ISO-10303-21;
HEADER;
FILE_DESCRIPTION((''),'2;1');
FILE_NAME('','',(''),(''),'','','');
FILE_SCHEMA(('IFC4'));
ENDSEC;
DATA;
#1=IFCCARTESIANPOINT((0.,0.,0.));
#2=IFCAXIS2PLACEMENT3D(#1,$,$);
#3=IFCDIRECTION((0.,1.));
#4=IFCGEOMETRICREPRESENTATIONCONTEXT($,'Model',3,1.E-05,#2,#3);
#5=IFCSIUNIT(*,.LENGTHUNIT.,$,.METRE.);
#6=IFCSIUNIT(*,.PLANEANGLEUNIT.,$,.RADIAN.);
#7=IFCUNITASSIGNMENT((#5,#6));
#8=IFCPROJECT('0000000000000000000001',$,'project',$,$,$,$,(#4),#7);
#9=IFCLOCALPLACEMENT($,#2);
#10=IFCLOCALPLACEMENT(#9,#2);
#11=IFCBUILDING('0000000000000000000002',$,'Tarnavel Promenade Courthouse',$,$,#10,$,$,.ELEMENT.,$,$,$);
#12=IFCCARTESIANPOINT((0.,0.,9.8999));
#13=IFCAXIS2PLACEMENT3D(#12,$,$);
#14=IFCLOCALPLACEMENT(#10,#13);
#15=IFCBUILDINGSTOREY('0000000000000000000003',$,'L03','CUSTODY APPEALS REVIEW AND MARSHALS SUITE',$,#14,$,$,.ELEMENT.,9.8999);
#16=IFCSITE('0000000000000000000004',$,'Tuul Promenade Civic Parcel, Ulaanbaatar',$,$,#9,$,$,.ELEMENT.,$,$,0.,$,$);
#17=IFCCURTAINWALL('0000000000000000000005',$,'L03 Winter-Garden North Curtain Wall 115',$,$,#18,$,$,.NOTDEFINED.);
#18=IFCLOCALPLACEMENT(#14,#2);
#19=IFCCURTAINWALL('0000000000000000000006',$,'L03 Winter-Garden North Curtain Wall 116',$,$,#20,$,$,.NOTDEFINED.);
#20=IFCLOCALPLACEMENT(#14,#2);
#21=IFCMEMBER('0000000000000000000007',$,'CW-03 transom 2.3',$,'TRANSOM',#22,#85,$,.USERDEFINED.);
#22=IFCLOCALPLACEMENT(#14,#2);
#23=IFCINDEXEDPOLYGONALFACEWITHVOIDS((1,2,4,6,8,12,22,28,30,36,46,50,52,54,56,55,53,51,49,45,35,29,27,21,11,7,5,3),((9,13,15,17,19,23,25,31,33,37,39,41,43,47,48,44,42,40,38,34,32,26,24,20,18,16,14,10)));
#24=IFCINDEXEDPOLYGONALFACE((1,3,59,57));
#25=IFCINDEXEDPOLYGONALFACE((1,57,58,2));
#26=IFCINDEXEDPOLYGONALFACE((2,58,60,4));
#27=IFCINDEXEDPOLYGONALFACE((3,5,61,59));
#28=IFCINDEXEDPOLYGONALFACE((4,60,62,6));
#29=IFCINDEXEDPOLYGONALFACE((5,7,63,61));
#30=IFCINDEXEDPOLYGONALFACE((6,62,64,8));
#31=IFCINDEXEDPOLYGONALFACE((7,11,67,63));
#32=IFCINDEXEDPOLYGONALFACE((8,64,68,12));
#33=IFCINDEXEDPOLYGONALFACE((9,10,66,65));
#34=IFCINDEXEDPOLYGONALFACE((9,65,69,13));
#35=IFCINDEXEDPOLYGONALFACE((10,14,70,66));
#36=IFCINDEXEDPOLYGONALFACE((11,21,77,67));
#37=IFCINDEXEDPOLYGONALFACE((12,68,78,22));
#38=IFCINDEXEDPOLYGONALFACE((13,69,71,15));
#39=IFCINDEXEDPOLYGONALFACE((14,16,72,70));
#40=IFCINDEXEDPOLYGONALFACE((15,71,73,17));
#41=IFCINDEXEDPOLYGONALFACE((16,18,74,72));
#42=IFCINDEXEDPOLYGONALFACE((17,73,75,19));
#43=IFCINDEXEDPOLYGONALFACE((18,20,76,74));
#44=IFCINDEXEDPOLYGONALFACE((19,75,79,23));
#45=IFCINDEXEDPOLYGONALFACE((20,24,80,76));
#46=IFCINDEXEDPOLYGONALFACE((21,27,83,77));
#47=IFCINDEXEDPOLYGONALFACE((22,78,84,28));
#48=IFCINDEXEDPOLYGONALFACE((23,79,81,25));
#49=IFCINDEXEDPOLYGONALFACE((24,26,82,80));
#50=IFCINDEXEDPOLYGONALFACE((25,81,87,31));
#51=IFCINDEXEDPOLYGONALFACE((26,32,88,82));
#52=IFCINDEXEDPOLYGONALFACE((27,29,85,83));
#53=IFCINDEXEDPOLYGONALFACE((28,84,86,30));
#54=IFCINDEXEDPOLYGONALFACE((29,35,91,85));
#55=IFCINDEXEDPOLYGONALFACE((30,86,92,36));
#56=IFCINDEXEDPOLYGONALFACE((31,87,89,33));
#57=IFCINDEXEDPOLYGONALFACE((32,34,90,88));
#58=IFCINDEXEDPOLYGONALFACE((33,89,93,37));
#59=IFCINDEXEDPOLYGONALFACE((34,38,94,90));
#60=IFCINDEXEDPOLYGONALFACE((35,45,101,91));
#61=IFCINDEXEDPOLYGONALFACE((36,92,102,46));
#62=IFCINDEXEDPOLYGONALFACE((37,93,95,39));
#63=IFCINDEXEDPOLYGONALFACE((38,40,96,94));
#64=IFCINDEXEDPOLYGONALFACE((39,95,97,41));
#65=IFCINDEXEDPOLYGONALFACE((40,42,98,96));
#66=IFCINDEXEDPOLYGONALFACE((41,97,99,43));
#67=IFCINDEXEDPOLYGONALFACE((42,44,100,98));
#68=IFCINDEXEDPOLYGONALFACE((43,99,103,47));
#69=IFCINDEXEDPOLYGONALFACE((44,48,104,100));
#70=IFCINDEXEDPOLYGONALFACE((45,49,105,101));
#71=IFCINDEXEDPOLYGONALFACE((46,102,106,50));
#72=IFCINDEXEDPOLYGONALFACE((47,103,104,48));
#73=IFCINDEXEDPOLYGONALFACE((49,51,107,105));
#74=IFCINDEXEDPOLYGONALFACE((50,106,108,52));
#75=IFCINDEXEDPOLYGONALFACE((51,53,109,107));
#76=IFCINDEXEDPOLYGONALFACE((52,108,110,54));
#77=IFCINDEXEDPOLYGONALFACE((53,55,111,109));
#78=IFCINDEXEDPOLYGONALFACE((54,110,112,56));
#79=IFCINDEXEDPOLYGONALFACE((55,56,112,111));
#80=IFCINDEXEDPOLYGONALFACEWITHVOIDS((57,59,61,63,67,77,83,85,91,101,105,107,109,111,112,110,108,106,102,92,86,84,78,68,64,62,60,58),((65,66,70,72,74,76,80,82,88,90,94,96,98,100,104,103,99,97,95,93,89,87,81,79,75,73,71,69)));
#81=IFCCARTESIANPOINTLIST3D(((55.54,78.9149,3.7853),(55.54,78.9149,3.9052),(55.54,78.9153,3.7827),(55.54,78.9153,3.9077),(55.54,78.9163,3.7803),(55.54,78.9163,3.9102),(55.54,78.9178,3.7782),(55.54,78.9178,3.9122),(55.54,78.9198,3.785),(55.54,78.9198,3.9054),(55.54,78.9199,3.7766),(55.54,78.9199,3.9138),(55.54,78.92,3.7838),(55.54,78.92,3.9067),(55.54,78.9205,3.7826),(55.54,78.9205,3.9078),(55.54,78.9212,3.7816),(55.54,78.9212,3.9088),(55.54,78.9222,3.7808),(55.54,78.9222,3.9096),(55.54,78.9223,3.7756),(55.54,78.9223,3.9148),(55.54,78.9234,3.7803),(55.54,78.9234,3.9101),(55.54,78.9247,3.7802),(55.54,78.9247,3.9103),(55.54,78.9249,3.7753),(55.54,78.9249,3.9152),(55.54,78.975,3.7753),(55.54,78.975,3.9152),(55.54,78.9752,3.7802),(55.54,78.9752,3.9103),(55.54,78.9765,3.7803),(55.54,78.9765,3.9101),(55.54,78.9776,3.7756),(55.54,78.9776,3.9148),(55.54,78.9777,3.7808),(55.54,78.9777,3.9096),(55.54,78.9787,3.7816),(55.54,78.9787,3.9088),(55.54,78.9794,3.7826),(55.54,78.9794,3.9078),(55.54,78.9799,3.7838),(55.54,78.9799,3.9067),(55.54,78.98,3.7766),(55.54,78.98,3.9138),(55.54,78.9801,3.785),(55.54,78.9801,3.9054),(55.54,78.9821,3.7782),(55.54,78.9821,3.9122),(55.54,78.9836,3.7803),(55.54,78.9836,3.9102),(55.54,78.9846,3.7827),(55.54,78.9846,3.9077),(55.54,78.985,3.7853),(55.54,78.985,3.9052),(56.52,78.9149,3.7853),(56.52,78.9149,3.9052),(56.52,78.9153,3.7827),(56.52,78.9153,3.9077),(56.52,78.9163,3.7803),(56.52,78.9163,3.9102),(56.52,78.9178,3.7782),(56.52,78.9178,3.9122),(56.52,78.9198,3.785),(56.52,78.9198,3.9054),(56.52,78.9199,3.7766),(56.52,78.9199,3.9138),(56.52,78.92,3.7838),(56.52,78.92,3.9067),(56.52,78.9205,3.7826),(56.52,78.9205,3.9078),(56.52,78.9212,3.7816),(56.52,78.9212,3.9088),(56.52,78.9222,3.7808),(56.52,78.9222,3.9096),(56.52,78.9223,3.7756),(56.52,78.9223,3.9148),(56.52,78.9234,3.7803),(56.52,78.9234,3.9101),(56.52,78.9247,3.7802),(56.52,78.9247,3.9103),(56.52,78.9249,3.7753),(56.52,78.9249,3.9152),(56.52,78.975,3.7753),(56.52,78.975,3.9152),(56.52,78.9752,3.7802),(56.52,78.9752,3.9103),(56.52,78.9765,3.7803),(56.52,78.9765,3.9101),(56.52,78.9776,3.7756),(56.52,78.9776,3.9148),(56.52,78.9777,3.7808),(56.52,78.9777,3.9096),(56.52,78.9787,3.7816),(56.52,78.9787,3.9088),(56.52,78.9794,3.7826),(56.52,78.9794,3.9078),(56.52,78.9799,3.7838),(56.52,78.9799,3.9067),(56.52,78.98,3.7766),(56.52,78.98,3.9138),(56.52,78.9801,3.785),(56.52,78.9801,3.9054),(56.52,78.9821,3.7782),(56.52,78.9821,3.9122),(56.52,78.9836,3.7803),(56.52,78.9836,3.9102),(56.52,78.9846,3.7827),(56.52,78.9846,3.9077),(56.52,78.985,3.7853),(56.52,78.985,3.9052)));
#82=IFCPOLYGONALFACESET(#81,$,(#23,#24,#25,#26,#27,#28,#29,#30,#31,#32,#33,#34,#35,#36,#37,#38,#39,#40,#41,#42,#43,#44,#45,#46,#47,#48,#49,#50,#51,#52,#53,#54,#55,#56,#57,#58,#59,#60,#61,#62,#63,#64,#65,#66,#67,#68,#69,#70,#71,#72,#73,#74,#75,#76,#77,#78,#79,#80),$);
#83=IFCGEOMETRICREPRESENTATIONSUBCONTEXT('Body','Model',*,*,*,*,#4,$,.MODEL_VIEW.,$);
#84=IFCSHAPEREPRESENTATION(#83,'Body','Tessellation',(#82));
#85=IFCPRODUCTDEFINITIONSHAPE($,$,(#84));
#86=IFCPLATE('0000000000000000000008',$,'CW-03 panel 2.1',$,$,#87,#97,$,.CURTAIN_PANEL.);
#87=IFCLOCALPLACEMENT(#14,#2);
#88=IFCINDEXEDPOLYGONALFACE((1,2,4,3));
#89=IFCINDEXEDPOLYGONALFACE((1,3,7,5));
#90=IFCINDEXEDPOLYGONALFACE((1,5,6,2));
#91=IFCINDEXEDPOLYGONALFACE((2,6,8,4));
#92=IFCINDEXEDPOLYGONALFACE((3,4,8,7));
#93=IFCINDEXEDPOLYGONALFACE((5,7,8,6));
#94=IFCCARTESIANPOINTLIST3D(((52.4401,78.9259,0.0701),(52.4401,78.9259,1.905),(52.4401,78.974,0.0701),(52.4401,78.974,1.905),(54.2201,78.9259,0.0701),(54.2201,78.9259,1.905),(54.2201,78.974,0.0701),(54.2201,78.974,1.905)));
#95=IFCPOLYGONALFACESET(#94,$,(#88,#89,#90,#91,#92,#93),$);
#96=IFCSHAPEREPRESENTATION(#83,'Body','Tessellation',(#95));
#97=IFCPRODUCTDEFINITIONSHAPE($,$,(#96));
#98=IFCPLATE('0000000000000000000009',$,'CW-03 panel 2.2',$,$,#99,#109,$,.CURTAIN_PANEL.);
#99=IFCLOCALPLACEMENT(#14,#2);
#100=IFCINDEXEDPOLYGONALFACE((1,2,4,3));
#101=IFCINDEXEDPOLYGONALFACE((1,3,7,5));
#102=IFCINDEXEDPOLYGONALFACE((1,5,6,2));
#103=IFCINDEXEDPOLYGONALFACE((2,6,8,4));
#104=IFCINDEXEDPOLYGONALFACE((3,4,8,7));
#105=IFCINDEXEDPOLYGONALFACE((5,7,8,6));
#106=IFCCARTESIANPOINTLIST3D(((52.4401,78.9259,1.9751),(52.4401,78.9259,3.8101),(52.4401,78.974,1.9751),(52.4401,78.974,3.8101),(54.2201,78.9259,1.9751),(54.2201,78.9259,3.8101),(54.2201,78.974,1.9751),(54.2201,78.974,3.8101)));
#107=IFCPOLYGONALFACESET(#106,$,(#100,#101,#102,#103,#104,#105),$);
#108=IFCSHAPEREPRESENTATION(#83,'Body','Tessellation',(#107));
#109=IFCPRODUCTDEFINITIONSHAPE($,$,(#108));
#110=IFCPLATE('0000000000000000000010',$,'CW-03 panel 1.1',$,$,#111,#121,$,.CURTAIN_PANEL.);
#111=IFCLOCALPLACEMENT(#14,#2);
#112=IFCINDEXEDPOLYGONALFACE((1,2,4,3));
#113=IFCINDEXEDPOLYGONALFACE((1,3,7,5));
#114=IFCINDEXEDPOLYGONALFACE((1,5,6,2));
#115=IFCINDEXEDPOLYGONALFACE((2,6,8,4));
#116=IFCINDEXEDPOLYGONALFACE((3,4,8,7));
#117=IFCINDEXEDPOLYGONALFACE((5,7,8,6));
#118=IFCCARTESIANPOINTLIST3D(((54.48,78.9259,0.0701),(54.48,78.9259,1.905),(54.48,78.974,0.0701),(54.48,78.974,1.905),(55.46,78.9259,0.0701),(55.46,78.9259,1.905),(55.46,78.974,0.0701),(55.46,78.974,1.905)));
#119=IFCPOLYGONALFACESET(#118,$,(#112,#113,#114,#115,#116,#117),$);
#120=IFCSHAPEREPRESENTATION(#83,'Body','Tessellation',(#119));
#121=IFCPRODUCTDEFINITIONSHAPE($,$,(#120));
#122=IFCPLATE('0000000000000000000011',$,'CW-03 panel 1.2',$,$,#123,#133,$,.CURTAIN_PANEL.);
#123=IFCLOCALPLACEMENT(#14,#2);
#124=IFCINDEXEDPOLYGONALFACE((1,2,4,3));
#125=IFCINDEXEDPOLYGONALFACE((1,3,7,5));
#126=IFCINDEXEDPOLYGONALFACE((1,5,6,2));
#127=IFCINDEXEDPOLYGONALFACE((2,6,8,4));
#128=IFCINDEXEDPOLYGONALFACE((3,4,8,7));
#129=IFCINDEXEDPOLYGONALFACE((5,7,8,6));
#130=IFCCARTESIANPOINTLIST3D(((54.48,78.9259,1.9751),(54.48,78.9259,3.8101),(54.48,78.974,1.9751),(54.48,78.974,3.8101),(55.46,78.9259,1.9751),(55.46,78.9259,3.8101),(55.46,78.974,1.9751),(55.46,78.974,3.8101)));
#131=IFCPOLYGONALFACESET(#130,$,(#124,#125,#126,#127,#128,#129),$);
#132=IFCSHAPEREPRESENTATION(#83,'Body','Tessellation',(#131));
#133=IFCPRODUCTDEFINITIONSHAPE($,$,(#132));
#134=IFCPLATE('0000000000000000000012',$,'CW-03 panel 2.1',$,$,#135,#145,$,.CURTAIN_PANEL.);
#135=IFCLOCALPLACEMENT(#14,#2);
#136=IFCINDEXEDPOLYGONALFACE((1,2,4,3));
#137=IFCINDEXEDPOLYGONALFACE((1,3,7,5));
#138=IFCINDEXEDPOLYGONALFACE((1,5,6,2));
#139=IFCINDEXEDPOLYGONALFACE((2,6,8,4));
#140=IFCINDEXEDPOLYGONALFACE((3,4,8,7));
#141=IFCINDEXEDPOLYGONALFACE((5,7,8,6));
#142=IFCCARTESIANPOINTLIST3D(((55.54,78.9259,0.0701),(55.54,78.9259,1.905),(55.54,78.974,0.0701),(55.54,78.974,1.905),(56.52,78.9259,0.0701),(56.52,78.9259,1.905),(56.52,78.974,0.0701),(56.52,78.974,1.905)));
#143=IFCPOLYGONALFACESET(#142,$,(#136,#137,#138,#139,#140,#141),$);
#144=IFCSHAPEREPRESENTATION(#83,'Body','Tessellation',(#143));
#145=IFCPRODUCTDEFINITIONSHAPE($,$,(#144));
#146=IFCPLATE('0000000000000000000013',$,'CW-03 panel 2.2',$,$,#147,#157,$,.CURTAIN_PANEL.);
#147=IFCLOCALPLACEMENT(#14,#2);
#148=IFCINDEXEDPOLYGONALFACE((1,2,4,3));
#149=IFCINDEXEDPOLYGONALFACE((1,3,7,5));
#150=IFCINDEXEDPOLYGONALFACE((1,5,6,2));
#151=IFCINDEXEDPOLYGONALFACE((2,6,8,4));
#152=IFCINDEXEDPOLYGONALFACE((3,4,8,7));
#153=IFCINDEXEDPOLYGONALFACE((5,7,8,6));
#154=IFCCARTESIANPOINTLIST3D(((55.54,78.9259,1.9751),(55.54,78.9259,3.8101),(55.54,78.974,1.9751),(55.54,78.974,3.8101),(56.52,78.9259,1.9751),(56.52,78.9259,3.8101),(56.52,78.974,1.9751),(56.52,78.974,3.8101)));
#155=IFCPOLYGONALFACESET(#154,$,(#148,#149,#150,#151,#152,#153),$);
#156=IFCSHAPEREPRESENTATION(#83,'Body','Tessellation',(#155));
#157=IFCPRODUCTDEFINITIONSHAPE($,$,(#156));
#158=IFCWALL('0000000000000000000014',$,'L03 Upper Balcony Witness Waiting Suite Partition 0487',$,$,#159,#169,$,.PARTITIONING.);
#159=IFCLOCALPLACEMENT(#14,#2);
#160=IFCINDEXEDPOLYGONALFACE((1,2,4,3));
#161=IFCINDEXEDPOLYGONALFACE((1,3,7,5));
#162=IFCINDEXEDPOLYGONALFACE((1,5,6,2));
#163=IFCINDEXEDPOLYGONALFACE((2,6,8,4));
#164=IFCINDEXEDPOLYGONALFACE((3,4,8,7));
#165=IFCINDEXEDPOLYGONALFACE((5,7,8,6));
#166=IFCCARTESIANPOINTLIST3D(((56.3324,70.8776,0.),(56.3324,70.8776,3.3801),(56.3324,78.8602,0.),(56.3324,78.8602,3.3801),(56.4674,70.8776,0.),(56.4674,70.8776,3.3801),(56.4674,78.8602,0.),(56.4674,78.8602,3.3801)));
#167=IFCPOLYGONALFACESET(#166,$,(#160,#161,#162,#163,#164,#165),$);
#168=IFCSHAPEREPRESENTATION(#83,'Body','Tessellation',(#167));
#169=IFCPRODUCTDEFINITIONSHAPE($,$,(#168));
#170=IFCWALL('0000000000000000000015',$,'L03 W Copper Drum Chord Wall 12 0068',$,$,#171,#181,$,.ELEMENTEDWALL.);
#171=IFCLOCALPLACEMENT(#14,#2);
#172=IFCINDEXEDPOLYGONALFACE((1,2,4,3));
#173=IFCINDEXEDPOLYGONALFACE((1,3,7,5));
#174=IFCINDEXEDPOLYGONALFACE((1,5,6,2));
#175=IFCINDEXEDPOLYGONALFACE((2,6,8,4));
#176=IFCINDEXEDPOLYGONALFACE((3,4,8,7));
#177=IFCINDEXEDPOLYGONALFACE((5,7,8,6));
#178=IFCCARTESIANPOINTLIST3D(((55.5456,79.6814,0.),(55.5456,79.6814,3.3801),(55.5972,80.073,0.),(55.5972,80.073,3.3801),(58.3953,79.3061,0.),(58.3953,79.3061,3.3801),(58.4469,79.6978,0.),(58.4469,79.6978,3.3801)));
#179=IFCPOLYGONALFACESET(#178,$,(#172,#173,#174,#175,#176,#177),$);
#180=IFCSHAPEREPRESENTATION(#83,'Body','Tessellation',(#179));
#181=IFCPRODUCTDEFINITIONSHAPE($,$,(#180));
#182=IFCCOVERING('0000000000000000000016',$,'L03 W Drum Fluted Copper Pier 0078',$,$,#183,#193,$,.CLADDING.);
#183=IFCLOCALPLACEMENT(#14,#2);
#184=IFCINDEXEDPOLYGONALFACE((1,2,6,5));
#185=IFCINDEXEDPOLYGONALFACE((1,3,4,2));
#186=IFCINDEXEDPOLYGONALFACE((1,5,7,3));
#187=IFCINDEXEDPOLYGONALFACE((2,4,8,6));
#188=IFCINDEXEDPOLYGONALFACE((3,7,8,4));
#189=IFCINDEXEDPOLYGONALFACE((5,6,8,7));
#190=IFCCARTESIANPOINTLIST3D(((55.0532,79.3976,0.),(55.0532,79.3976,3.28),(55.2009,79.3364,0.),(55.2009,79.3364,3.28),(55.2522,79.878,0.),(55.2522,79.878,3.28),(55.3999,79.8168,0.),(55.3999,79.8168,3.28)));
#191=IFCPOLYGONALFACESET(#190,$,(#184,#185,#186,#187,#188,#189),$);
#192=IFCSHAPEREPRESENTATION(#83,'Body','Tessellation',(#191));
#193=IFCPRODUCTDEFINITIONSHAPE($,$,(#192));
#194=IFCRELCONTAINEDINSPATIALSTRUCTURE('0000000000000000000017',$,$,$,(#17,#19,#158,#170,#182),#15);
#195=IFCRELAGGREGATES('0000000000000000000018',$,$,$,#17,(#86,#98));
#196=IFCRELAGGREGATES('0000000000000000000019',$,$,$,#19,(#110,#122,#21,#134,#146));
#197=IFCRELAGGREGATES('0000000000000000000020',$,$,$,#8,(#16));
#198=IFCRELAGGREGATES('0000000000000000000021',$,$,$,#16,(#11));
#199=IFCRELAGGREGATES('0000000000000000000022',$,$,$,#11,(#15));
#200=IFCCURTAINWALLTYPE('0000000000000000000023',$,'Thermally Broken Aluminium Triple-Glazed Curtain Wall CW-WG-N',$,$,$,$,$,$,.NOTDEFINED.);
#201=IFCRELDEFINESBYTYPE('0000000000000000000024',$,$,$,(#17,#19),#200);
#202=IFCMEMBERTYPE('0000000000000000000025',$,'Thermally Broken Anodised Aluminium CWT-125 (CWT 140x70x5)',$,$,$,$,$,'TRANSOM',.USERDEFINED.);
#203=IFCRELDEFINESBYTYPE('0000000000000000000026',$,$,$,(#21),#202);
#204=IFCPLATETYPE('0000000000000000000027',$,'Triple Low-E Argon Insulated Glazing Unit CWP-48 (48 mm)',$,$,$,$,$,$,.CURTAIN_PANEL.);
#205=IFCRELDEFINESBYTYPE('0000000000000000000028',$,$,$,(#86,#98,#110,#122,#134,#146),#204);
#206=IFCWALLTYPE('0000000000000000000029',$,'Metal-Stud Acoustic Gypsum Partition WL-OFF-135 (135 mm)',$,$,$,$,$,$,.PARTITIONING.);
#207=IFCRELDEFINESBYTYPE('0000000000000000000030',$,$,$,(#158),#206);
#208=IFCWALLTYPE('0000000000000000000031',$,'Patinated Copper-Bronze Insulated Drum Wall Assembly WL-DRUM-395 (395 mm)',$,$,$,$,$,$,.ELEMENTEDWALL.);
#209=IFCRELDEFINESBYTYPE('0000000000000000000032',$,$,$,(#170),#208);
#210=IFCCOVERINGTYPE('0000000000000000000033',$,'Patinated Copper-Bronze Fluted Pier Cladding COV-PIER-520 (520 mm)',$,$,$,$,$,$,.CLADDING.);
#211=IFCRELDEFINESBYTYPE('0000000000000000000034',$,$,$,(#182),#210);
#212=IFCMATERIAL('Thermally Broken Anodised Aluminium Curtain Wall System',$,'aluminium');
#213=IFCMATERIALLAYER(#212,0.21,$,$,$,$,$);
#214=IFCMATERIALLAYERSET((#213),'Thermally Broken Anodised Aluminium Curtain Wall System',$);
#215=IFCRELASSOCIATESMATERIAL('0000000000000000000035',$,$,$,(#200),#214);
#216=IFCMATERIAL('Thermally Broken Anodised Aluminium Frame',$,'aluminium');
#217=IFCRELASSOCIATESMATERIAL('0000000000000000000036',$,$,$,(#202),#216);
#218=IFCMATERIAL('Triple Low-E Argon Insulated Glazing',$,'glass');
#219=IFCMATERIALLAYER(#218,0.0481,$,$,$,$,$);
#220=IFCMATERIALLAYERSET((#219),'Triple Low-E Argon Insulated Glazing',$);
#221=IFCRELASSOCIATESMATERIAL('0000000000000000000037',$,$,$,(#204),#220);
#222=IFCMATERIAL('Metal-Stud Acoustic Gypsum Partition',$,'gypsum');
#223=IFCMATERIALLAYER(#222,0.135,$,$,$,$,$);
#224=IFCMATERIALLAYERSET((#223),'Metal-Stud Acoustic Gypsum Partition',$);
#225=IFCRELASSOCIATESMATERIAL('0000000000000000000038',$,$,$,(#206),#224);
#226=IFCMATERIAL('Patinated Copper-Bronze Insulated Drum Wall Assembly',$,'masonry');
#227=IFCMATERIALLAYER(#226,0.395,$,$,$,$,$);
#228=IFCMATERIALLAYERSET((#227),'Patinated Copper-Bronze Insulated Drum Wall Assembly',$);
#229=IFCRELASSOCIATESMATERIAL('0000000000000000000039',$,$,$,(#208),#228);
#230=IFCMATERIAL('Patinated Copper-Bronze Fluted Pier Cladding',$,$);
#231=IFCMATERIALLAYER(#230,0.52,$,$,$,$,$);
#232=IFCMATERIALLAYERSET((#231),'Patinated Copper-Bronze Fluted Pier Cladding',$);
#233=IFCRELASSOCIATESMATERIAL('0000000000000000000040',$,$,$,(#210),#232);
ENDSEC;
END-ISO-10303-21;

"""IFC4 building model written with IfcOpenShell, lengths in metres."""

from ifc_helpers import new_model, si_unit, direction, frame, frame_2d, origin, origin_2d, place, context, subcontext, project, spatial, rectangle, hollow_rectangle, extrude, material, layer, layer_set, material_profile, profile_set, type_object, element, aggregate, save


model = new_model("IFC4")

# Units and contexts
model_context = context("Model", 3, precision=1e-05, world=origin(), true_north=direction((0.0, 1.0)))
body_context = subcontext(model_context, "Body", "Model", "MODEL_VIEW")
ifc_project = project(units=[si_unit("LENGTHUNIT", "METRE"), si_unit("PLANEANGLEUNIT", "RADIAN")], contexts=[model_context])

# Site, building, storey
site_placement = place(None, origin())
site = spatial("IfcSite", under=ifc_project, at=site_placement, Name="Tuul Promenade Civic Parcel, Ulaanbaatar", CompositionType="ELEMENT", RefElevation=0.0)
building_placement = place(site_placement, origin())
building = spatial("IfcBuilding", under=site, at=building_placement, Name="Tarnavel Promenade Courthouse", CompositionType="ELEMENT")
storey_placement = place(building_placement, frame((0.0, 0.0, 9.8999)))
storey = spatial("IfcBuildingStorey", under=building, at=storey_placement, Name="L03", Description="CUSTODY APPEALS REVIEW AND MARSHALS SUITE", CompositionType="ELEMENT", Elevation=9.8999)

# Curtain wall
ifc_material_1 = material(Name="Thermally Broken Anodised Aluminium Curtain Wall System", Category="aluminium")
ifc_layer_1 = layer(ifc_material_1, 0.21)
ifc_layer_set_1 = layer_set([ifc_layer_1], Name="Thermally Broken Anodised Aluminium Curtain Wall System")
curtain_wall_type = type_object("IfcCurtainWallType", Name="Thermally Broken Aluminium Triple-Glazed Curtain Wall CW-WG-N", PredefinedType="NOTDEFINED", material=ifc_layer_set_1)
curtain_wall_1_placement = place(storey_placement, origin())
curtain_wall_1 = element("IfcCurtainWall", 1, at=curtain_wall_1_placement, inside=storey, type_object=curtain_wall_type, Name="L03 Winter-Garden North Curtain Wall 115", PredefinedType="NOTDEFINED")
ifc_material_2 = material(Name="Thermally Broken Anodised Aluminium Frame", Category="aluminium")

# Curtain wall, member
curtain_wall_2_placement = place(storey_placement, origin())
curtain_wall_2 = element("IfcCurtainWall", 2, at=curtain_wall_2_placement, inside=storey, type_object=curtain_wall_type, Name="L03 Winter-Garden North Curtain Wall 116", PredefinedType="NOTDEFINED")
ifc_material_profile_1 = material_profile(ifc_material_2, hollow_rectangle(XDim=0.0701, YDim=0.1399, WallThickness=0.0049, InnerFilletRadius=0.0049, OuterFilletRadius=0.01, at=origin_2d()), Name="CWT 140x70x5")
ifc_profile_set_1 = profile_set([ifc_material_profile_1], Name="Thermally Broken Anodised Aluminium Frame")
member_type_1 = type_object("IfcMemberType", Name="Thermally Broken Anodised Aluminium CWT-125 (CWT 140x70x5)", ElementType="TRANSOM", PredefinedType="USERDEFINED", material=ifc_profile_set_1)
member_1_placement = place(storey_placement, frame((55.54, 78.95, 3.8452), z_axis=(1.0, 0.0, 0.0), x_axis=(0.0, 1.0, 0.0)))
member_1 = element("IfcMember", 3, at=member_1_placement, type_object=member_type_1, Name="CW-03 transom 2.3", ObjectType="TRANSOM", PredefinedType="USERDEFINED", context=body_context, shape_type="SweptSolid", body=[
    extrude(hollow_rectangle(XDim=0.0701, YDim=0.1399, WallThickness=0.0049, InnerFilletRadius=0.0049, OuterFilletRadius=0.01, at=origin_2d()), origin(), (0.0, 0.0, 1.0), 0.98),
])

# Plates
ifc_material_3 = material(Name="Triple Low-E Argon Insulated Glazing", Category="glass")
ifc_layer_2 = layer(ifc_material_3, 0.0481)
ifc_layer_set_2 = layer_set([ifc_layer_2], Name="Triple Low-E Argon Insulated Glazing")
plate_type = type_object("IfcPlateType", Name="Triple Low-E Argon Insulated Glazing Unit CWP-48 (48 mm)", PredefinedType="CURTAIN_PANEL", material=ifc_layer_set_2)
plate_1_placement = place(storey_placement, frame((53.3301, 78.95, 0.0701), z_axis=(0.0, 0.0, 1.0), x_axis=(1.0, 0.0, 0.0)))
plate_1 = element("IfcPlate", 4, at=plate_1_placement, type_object=plate_type, Name="CW-03 panel 2.1", PredefinedType="CURTAIN_PANEL", context=body_context, shape_type="SweptSolid", body=[
    extrude(rectangle(XDim=1.78, YDim=0.0481, at=origin_2d()), origin(), (0.0, 0.0, 1.0), 1.835),
])
plate_2_placement = place(storey_placement, frame((53.3301, 78.95, 1.9751), z_axis=(0.0, 0.0, 1.0), x_axis=(1.0, 0.0, 0.0)))
plate_2 = element("IfcPlate", 5, at=plate_2_placement, type_object=plate_type, Name="CW-03 panel 2.2", PredefinedType="CURTAIN_PANEL", context=body_context, shape_type="SweptSolid", body=[
    extrude(rectangle(XDim=1.78, YDim=0.0481, at=origin_2d()), origin(), (0.0, 0.0, 1.0), 1.835),
])
aggregate(curtain_wall_1, [plate_1, plate_2])
plate_3_placement = place(storey_placement, frame((54.97, 78.95, 0.0701), z_axis=(0.0, 0.0, 1.0), x_axis=(1.0, 0.0, 0.0)))
plate_3 = element("IfcPlate", 6, at=plate_3_placement, type_object=plate_type, Name="CW-03 panel 1.1", PredefinedType="CURTAIN_PANEL", context=body_context, shape_type="SweptSolid", body=[
    extrude(rectangle(XDim=0.98, YDim=0.0481, at=origin_2d()), origin(), (0.0, 0.0, 1.0), 1.835),
])
plate_4_placement = place(storey_placement, frame((54.97, 78.95, 1.9751), z_axis=(0.0, 0.0, 1.0), x_axis=(1.0, 0.0, 0.0)))
plate_4 = element("IfcPlate", 7, at=plate_4_placement, type_object=plate_type, Name="CW-03 panel 1.2", PredefinedType="CURTAIN_PANEL", context=body_context, shape_type="SweptSolid", body=[
    extrude(rectangle(XDim=0.98, YDim=0.0481, at=origin_2d()), origin(), (0.0, 0.0, 1.0), 1.835),
])
plate_5_placement = place(storey_placement, frame((56.03, 78.95, 0.0701), z_axis=(0.0, 0.0, 1.0), x_axis=(1.0, 0.0, 0.0)))
plate_5 = element("IfcPlate", 8, at=plate_5_placement, type_object=plate_type, Name="CW-03 panel 2.1", PredefinedType="CURTAIN_PANEL", context=body_context, shape_type="SweptSolid", body=[
    extrude(rectangle(XDim=0.98, YDim=0.0481, at=origin_2d()), origin(), (0.0, 0.0, 1.0), 1.835),
])
plate_6_placement = place(storey_placement, frame((56.03, 78.95, 1.9751), z_axis=(0.0, 0.0, 1.0), x_axis=(1.0, 0.0, 0.0)))
plate_6 = element("IfcPlate", 9, at=plate_6_placement, type_object=plate_type, Name="CW-03 panel 2.2", PredefinedType="CURTAIN_PANEL", context=body_context, shape_type="SweptSolid", body=[
    extrude(rectangle(XDim=0.98, YDim=0.0481, at=origin_2d()), origin(), (0.0, 0.0, 1.0), 1.835),
])
aggregate(curtain_wall_2, [plate_3, plate_4, member_1, plate_5, plate_6])

# Walls
ifc_material_4 = material(Name="Metal-Stud Acoustic Gypsum Partition", Category="gypsum")
ifc_layer_3 = layer(ifc_material_4, 0.135)
ifc_layer_set_3 = layer_set([ifc_layer_3], Name="Metal-Stud Acoustic Gypsum Partition")
wall_type_1 = type_object("IfcWallType", Name="Metal-Stud Acoustic Gypsum Partition WL-OFF-135 (135 mm)", PredefinedType="PARTITIONING", material=ifc_layer_set_3)
wall_1_placement = place(storey_placement, frame((56.3999, 78.8601, 0.0), z_axis=(0.0, 0.0, 1.0), x_axis=(0.0, -1.0, 0.0)))
element("IfcWall", 10, at=wall_1_placement, inside=storey, type_object=wall_type_1, Name="L03 Upper Balcony Witness Waiting Suite Partition 0487", PredefinedType="PARTITIONING", context=body_context, shape_type="SweptSolid", body=[
    extrude(rectangle(XDim=7.9827, YDim=0.135, at=frame_2d((3.9912, 0.0))), origin(), (0.0, 0.0, 1.0), 3.3801),
])
ifc_material_5 = material(Name="Patinated Copper-Bronze Insulated Drum Wall Assembly", Category="masonry")
ifc_layer_4 = layer(ifc_material_5, 0.395)
ifc_layer_set_4 = layer_set([ifc_layer_4], Name="Patinated Copper-Bronze Insulated Drum Wall Assembly")
wall_type_2 = type_object("IfcWallType", Name="Patinated Copper-Bronze Insulated Drum Wall Assembly WL-DRUM-395 (395 mm)", PredefinedType="ELEMENTEDWALL", material=ifc_layer_set_4)
wall_2_placement = place(storey_placement, frame((55.5715, 79.8772, 0.0), z_axis=(0.0, 0.0, 1.0), x_axis=(0.991441, -0.130556, 0.0)))
element("IfcWall", 11, at=wall_2_placement, inside=storey, type_object=wall_type_2, Name="L03 W Copper Drum Chord Wall 12 0068", PredefinedType="ELEMENTEDWALL", context=body_context, shape_type="SweptSolid", body=[
    extrude(rectangle(XDim=2.8743, YDim=0.395, at=frame_2d((1.437, 0.0))), origin(), (0.0, 0.0, 1.0), 3.3801),
])

# Covering
ifc_material_6 = material(Name="Patinated Copper-Bronze Fluted Pier Cladding")
ifc_layer_5 = layer(ifc_material_6, 0.52)
ifc_layer_set_5 = layer_set([ifc_layer_5], Name="Patinated Copper-Bronze Fluted Pier Cladding")
covering_type = type_object("IfcCoveringType", Name="Patinated Copper-Bronze Fluted Pier Cladding COV-PIER-520 (520 mm)", PredefinedType="CLADDING", material=ifc_layer_set_5)
covering_1_placement = place(storey_placement, frame((55.2266, 79.6072, 0.0), z_axis=(0.0, 0.0, 1.0), x_axis=(0.92388, -0.382683, 0.0)))
element("IfcCovering", 12, at=covering_1_placement, inside=storey, type_object=covering_type, Name="L03 W Drum Fluted Copper Pier 0078", PredefinedType="CLADDING", context=body_context, shape_type="SweptSolid", body=[
    extrude(rectangle(XDim=0.1599, YDim=0.52, at=origin_2d()), origin(), (0.0, 0.0, 1.0), 3.28),
])

save(model, "model.ifc")
